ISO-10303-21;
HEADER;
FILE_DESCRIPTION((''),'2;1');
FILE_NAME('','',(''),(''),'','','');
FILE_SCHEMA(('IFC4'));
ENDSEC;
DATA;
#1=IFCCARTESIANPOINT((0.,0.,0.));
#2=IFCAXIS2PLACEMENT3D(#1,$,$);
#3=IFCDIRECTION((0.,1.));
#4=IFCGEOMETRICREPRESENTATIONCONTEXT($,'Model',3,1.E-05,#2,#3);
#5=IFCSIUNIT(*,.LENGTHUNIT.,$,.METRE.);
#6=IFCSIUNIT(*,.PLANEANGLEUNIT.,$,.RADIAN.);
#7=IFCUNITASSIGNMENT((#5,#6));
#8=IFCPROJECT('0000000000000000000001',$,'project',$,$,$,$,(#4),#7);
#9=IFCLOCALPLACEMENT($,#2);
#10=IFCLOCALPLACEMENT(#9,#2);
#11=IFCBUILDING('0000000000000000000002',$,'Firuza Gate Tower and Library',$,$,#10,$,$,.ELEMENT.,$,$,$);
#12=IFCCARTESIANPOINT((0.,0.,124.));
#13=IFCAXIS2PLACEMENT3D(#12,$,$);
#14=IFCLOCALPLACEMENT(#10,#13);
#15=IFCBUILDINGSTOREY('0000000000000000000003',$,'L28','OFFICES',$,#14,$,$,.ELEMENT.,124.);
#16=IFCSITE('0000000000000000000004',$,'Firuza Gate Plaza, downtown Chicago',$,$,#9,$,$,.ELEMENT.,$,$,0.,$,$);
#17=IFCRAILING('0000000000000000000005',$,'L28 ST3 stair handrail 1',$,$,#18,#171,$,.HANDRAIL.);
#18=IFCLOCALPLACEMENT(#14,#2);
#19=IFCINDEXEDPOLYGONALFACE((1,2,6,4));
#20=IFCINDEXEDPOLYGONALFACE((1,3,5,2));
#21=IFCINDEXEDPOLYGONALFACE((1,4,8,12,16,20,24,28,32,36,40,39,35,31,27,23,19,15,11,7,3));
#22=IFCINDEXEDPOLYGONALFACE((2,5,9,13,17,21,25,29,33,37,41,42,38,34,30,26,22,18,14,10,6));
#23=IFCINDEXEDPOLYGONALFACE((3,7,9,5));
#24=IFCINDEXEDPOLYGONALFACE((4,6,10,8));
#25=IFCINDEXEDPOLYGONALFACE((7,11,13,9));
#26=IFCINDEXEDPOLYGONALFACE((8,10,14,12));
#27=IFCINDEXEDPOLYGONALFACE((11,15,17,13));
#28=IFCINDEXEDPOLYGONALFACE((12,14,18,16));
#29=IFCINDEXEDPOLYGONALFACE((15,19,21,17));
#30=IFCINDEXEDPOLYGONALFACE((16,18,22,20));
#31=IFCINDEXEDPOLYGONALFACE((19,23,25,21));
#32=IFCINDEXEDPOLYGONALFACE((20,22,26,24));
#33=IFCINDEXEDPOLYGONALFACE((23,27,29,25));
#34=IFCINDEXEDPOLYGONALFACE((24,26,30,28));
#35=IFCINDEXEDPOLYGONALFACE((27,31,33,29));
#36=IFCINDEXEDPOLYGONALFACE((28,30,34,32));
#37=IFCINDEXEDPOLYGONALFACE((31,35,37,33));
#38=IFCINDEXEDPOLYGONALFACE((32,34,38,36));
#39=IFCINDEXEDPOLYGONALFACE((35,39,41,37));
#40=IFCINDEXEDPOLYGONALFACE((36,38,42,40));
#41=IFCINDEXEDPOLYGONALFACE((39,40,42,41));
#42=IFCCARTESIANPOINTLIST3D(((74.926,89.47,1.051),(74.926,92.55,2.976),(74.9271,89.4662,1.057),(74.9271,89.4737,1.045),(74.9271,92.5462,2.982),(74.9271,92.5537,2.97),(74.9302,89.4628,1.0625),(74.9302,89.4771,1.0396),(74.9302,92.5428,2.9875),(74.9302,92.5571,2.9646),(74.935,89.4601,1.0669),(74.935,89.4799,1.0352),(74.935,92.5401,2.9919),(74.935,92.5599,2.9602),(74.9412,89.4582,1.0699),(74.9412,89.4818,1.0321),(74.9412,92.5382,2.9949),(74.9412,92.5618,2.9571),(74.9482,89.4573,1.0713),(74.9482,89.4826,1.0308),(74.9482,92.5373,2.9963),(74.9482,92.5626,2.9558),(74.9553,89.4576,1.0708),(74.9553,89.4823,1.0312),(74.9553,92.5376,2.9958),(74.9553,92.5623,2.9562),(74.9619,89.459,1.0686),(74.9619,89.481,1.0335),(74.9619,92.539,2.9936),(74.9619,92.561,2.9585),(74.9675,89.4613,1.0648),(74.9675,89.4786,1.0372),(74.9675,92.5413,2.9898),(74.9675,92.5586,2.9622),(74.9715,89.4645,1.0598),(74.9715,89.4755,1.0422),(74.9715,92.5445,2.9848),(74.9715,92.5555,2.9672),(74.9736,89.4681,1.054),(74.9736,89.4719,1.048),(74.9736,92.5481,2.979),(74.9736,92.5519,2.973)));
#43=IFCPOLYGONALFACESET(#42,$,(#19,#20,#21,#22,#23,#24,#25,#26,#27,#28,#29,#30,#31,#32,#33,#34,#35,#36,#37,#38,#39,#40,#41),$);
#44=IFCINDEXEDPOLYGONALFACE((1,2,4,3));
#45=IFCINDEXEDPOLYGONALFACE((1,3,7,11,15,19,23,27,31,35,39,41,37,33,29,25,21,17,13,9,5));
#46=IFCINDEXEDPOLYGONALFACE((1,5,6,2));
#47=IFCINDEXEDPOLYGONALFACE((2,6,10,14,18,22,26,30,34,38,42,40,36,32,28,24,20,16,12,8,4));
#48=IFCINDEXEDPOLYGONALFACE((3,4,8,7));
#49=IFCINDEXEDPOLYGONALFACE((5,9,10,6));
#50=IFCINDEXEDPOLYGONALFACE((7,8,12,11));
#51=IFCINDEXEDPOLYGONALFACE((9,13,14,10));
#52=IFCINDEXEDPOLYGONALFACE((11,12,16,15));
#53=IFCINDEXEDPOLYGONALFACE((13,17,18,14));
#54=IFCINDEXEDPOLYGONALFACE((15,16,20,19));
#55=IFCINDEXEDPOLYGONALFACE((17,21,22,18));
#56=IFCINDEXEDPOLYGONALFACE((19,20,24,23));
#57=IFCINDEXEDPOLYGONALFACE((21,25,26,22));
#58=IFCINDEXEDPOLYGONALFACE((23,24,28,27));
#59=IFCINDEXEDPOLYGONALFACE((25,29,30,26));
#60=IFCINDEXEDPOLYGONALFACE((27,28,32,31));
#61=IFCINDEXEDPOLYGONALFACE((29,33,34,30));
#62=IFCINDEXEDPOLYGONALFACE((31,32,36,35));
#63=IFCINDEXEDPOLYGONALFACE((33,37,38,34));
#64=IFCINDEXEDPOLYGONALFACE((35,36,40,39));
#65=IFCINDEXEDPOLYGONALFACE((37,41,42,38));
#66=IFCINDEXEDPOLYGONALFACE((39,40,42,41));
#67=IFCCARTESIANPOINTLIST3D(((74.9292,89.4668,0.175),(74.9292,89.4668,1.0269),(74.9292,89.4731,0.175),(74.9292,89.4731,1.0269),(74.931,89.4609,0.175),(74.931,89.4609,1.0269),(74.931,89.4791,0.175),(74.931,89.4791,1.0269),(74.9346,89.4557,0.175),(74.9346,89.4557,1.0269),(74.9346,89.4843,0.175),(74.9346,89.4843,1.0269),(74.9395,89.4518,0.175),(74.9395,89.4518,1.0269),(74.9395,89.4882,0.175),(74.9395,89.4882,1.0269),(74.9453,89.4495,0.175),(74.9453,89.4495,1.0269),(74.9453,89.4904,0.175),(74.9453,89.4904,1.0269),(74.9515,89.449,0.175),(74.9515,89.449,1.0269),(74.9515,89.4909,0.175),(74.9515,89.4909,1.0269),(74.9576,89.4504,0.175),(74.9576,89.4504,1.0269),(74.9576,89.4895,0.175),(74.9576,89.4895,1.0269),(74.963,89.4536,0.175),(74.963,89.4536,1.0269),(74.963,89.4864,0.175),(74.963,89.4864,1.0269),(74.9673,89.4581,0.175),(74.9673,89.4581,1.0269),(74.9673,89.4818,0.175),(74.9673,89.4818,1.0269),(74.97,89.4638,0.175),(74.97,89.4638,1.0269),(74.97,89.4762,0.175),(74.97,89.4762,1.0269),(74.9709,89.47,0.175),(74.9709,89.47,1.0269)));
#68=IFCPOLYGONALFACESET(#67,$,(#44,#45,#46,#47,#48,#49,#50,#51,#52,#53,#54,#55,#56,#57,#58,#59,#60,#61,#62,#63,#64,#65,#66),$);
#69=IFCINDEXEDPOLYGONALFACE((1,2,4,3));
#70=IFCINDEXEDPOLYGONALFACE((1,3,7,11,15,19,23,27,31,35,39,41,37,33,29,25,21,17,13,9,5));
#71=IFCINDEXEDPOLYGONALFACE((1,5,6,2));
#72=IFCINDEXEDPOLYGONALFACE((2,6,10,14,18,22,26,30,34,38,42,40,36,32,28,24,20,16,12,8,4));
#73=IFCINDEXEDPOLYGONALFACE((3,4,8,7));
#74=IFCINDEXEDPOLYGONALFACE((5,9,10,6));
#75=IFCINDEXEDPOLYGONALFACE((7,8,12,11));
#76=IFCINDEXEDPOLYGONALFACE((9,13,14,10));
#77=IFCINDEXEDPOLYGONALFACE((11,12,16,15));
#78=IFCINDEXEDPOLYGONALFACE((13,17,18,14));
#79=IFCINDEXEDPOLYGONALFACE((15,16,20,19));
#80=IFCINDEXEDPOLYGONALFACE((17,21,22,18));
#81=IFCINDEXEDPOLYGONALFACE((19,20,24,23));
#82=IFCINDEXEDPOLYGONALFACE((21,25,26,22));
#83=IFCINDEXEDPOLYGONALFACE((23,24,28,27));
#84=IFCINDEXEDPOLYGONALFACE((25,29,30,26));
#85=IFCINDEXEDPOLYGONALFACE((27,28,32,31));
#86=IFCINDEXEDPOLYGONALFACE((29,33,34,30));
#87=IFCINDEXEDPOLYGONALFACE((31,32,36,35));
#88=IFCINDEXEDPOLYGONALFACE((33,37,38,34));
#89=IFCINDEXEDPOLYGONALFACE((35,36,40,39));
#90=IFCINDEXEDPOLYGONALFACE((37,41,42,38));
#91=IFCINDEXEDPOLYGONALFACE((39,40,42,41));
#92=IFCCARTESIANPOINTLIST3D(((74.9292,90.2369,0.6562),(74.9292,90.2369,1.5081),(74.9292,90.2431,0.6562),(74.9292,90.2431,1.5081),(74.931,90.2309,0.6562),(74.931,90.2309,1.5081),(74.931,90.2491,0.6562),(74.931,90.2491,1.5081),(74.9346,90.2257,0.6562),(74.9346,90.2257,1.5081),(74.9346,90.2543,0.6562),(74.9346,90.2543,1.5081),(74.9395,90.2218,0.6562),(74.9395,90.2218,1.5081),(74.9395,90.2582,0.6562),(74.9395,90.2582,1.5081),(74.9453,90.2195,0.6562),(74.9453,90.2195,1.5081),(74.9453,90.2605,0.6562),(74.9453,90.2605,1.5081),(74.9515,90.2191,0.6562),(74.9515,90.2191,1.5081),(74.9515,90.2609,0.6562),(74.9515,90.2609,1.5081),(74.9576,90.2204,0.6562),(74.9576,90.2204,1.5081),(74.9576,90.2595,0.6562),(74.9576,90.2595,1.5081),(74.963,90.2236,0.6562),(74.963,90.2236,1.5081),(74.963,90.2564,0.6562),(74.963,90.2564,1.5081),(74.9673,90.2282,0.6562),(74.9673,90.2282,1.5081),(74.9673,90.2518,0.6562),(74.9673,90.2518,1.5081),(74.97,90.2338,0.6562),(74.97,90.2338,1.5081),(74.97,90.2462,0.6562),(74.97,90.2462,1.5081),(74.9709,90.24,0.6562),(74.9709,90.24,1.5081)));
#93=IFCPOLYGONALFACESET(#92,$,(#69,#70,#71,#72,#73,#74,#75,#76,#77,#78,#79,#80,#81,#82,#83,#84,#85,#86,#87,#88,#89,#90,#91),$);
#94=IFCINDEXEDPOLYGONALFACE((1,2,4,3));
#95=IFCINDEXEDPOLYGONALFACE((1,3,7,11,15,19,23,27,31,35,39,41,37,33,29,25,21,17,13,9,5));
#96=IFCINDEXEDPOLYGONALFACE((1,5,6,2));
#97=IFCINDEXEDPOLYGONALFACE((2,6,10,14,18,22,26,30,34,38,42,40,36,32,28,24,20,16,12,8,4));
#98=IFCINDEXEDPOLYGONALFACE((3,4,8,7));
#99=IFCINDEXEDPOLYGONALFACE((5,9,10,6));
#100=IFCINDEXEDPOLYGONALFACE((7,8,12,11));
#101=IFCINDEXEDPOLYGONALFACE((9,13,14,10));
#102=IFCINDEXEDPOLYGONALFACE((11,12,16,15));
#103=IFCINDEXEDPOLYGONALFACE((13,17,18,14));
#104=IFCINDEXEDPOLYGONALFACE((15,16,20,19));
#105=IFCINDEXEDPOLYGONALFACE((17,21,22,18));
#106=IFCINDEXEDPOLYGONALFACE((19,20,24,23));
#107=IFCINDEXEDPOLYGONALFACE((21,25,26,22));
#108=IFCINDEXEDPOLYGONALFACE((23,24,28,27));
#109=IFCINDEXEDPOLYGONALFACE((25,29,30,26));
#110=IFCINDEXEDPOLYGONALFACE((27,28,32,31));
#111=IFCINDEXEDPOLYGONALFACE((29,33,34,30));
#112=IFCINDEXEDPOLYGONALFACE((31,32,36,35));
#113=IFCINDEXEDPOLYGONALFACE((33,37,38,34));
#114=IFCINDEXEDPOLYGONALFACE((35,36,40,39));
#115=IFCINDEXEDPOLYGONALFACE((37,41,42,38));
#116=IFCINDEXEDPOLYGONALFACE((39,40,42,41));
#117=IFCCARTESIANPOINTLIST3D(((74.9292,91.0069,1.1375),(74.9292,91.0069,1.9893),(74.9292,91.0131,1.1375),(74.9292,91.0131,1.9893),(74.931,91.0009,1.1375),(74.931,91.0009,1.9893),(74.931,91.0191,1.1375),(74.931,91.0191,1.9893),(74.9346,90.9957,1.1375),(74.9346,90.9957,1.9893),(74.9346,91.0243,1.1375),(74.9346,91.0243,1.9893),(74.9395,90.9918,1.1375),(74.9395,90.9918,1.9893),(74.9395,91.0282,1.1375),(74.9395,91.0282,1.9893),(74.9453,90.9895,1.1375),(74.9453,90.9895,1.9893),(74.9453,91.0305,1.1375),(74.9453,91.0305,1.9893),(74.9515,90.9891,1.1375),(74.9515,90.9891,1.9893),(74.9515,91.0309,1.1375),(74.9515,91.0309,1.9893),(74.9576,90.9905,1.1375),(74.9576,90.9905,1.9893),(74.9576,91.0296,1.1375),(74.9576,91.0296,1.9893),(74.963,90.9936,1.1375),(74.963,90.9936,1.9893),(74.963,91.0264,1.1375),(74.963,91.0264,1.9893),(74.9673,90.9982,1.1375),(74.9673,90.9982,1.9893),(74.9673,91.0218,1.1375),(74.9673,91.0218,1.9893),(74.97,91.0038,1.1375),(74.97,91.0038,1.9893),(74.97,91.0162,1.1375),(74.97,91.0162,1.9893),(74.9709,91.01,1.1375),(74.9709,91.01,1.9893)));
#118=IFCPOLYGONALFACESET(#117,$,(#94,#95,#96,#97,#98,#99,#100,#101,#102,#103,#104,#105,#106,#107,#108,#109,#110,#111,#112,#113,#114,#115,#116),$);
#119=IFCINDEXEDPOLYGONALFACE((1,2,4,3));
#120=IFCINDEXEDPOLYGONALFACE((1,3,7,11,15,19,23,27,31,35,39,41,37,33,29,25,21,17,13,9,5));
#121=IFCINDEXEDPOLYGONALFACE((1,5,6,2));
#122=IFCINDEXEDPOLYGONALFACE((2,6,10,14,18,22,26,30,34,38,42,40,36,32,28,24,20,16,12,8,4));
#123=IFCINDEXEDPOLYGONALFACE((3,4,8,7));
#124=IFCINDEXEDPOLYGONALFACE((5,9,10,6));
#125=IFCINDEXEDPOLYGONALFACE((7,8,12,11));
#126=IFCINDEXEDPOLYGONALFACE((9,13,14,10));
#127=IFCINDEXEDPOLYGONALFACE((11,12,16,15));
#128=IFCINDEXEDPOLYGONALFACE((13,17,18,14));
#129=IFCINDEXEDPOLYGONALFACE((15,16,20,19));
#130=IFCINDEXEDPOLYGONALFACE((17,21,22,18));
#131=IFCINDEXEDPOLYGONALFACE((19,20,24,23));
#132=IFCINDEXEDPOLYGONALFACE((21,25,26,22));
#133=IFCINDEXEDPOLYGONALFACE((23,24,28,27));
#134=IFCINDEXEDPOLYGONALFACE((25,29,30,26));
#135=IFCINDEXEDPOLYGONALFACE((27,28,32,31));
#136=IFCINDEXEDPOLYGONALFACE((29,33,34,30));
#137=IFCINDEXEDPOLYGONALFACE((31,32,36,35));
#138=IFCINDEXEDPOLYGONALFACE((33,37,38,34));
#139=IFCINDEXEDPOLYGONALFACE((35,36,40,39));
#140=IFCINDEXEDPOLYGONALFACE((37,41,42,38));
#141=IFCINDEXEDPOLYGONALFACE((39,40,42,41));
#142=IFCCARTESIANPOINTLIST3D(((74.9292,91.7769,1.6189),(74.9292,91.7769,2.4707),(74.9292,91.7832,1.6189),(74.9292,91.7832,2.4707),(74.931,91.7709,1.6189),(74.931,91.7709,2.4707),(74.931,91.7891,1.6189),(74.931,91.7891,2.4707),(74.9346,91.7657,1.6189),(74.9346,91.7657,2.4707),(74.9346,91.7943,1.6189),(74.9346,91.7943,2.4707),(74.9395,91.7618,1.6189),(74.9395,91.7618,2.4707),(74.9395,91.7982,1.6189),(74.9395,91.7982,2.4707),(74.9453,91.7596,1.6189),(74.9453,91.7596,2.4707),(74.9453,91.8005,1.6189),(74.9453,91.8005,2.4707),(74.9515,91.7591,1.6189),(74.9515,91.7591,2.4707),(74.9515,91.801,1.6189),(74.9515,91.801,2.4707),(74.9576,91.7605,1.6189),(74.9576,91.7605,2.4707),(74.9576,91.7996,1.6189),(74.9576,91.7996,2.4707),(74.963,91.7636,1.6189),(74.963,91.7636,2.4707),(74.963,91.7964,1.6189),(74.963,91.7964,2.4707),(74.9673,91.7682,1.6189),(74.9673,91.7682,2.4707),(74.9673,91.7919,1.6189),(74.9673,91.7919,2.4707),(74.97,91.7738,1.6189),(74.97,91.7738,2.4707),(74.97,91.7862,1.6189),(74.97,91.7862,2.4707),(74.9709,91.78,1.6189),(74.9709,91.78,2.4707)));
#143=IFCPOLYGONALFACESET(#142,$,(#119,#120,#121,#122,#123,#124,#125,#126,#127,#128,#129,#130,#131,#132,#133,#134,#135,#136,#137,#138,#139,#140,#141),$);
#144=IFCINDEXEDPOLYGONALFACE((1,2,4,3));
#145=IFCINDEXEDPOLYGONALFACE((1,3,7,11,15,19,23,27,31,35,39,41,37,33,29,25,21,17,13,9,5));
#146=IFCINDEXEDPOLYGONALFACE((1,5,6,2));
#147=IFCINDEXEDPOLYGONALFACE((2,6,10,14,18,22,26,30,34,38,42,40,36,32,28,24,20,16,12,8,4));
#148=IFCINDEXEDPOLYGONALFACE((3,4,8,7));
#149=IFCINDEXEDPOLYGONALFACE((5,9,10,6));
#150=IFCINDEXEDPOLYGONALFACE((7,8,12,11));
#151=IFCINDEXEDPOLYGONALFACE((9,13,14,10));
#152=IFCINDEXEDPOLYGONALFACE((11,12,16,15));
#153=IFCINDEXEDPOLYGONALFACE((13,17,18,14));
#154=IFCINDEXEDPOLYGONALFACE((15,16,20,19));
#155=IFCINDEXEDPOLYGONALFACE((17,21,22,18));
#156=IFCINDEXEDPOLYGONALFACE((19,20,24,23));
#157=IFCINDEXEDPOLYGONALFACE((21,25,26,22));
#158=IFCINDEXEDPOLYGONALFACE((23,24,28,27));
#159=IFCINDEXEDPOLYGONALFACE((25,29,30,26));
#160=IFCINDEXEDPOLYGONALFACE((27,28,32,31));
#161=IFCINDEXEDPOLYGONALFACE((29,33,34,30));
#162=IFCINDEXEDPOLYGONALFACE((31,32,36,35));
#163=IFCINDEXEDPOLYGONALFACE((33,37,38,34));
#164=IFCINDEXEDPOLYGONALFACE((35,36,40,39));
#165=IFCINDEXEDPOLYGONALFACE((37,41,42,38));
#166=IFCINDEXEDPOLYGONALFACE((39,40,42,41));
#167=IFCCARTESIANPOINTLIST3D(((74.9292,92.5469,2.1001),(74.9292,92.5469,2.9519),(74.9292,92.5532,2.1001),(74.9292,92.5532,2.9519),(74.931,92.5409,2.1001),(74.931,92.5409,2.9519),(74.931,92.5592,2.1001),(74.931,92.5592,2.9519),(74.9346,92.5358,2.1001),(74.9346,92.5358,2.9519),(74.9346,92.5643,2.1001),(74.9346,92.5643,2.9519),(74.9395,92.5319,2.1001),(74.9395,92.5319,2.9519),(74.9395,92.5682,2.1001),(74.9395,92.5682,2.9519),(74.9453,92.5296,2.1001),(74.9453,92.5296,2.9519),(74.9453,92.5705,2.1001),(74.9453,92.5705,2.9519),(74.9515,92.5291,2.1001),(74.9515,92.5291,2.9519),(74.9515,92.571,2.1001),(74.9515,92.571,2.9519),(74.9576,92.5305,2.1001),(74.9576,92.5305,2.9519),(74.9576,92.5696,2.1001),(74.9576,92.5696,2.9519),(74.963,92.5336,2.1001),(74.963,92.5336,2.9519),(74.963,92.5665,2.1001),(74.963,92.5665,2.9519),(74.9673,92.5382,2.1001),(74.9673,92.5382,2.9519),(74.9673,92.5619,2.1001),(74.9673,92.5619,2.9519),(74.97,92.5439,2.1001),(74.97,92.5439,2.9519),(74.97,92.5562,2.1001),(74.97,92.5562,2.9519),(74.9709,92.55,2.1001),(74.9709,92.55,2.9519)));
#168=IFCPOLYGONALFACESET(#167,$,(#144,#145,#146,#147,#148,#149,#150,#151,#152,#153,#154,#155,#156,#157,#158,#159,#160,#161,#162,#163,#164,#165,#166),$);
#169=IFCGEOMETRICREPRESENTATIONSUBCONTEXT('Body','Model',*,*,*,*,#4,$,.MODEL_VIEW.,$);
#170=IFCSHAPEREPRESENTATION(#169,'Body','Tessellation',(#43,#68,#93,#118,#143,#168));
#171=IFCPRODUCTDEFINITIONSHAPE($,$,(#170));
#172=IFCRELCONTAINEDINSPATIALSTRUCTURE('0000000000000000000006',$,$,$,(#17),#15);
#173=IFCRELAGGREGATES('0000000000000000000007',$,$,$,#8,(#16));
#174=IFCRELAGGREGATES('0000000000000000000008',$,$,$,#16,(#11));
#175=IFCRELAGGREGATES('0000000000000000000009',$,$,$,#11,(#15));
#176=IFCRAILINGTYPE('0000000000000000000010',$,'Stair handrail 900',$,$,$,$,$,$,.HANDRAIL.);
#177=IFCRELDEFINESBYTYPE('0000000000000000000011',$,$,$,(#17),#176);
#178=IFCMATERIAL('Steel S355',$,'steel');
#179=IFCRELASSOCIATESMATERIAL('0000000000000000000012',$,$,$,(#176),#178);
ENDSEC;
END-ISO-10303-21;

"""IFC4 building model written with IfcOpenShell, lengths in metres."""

from ifc_helpers import new_model, si_unit, direction, frame, origin, origin_2d, place, context, subcontext, project, spatial, circle, extrude, material, type_object, element, save


model = new_model("IFC4")

# Units and contexts
model_context = context("Model", 3, precision=1e-05, world=origin(), true_north=direction((0.0, 1.0)))
body_context = subcontext(model_context, "Body", "Model", "MODEL_VIEW")
ifc_project = project(units=[si_unit("LENGTHUNIT", "METRE"), si_unit("PLANEANGLEUNIT", "RADIAN")], contexts=[model_context])

# Site, building, storey
site_placement = place(None, origin())
site = spatial("IfcSite", under=ifc_project, at=site_placement, Name="Firuza Gate Plaza, downtown Chicago", CompositionType="ELEMENT", RefElevation=0.0)
building_placement = place(site_placement, origin())
building = spatial("IfcBuilding", under=site, at=building_placement, Name="Firuza Gate Tower and Library", CompositionType="ELEMENT")
storey_placement = place(building_placement, frame((0.0, 0.0, 124.0)))
storey = spatial("IfcBuildingStorey", under=building, at=storey_placement, Name="L28", Description="OFFICES", CompositionType="ELEMENT", Elevation=124.0)

# Railing
ifc_material_1 = material(Name="Steel S355", Category="steel")
railing_type = type_object("IfcRailingType", Name="Stair handrail 900", PredefinedType="HANDRAIL", material=ifc_material_1)
railing_placement = place(storey_placement, frame((74.95, 89.47, 0.175)))
element("IfcRailing", 1, at=railing_placement, inside=storey, type_object=railing_type, Name="L28 ST3 stair handrail 1", PredefinedType="HANDRAIL", context=body_context, shape_type="SweptSolid", body=[
    extrude(circle(Radius=0.0239, at=origin_2d()), frame((0.0, 0.0, 0.876), z_axis=(0.0, 0.847998, 0.529999), x_axis=(-1.0, 0.0, 0.0)), (0.0, 0.0, 1.0), 3.6321),
    extrude(circle(Radius=0.021, at=origin_2d()), origin(), (0.0, 0.0, 1.0), 0.8518),
    extrude(circle(Radius=0.021, at=origin_2d()), frame((0.0, 0.77, 0.4812)), (0.0, 0.0, 1.0), 0.8518),
    extrude(circle(Radius=0.021, at=origin_2d()), frame((0.0, 1.54, 0.9624)), (0.0, 0.0, 1.0), 0.8518),
    extrude(circle(Radius=0.021, at=origin_2d()), frame((0.0, 2.3101, 1.4438)), (0.0, 0.0, 1.0), 0.8518),
    extrude(circle(Radius=0.021, at=origin_2d()), frame((0.0, 3.0801, 1.925)), (0.0, 0.0, 1.0), 0.8518),
])

save(model, "model.ifc")
